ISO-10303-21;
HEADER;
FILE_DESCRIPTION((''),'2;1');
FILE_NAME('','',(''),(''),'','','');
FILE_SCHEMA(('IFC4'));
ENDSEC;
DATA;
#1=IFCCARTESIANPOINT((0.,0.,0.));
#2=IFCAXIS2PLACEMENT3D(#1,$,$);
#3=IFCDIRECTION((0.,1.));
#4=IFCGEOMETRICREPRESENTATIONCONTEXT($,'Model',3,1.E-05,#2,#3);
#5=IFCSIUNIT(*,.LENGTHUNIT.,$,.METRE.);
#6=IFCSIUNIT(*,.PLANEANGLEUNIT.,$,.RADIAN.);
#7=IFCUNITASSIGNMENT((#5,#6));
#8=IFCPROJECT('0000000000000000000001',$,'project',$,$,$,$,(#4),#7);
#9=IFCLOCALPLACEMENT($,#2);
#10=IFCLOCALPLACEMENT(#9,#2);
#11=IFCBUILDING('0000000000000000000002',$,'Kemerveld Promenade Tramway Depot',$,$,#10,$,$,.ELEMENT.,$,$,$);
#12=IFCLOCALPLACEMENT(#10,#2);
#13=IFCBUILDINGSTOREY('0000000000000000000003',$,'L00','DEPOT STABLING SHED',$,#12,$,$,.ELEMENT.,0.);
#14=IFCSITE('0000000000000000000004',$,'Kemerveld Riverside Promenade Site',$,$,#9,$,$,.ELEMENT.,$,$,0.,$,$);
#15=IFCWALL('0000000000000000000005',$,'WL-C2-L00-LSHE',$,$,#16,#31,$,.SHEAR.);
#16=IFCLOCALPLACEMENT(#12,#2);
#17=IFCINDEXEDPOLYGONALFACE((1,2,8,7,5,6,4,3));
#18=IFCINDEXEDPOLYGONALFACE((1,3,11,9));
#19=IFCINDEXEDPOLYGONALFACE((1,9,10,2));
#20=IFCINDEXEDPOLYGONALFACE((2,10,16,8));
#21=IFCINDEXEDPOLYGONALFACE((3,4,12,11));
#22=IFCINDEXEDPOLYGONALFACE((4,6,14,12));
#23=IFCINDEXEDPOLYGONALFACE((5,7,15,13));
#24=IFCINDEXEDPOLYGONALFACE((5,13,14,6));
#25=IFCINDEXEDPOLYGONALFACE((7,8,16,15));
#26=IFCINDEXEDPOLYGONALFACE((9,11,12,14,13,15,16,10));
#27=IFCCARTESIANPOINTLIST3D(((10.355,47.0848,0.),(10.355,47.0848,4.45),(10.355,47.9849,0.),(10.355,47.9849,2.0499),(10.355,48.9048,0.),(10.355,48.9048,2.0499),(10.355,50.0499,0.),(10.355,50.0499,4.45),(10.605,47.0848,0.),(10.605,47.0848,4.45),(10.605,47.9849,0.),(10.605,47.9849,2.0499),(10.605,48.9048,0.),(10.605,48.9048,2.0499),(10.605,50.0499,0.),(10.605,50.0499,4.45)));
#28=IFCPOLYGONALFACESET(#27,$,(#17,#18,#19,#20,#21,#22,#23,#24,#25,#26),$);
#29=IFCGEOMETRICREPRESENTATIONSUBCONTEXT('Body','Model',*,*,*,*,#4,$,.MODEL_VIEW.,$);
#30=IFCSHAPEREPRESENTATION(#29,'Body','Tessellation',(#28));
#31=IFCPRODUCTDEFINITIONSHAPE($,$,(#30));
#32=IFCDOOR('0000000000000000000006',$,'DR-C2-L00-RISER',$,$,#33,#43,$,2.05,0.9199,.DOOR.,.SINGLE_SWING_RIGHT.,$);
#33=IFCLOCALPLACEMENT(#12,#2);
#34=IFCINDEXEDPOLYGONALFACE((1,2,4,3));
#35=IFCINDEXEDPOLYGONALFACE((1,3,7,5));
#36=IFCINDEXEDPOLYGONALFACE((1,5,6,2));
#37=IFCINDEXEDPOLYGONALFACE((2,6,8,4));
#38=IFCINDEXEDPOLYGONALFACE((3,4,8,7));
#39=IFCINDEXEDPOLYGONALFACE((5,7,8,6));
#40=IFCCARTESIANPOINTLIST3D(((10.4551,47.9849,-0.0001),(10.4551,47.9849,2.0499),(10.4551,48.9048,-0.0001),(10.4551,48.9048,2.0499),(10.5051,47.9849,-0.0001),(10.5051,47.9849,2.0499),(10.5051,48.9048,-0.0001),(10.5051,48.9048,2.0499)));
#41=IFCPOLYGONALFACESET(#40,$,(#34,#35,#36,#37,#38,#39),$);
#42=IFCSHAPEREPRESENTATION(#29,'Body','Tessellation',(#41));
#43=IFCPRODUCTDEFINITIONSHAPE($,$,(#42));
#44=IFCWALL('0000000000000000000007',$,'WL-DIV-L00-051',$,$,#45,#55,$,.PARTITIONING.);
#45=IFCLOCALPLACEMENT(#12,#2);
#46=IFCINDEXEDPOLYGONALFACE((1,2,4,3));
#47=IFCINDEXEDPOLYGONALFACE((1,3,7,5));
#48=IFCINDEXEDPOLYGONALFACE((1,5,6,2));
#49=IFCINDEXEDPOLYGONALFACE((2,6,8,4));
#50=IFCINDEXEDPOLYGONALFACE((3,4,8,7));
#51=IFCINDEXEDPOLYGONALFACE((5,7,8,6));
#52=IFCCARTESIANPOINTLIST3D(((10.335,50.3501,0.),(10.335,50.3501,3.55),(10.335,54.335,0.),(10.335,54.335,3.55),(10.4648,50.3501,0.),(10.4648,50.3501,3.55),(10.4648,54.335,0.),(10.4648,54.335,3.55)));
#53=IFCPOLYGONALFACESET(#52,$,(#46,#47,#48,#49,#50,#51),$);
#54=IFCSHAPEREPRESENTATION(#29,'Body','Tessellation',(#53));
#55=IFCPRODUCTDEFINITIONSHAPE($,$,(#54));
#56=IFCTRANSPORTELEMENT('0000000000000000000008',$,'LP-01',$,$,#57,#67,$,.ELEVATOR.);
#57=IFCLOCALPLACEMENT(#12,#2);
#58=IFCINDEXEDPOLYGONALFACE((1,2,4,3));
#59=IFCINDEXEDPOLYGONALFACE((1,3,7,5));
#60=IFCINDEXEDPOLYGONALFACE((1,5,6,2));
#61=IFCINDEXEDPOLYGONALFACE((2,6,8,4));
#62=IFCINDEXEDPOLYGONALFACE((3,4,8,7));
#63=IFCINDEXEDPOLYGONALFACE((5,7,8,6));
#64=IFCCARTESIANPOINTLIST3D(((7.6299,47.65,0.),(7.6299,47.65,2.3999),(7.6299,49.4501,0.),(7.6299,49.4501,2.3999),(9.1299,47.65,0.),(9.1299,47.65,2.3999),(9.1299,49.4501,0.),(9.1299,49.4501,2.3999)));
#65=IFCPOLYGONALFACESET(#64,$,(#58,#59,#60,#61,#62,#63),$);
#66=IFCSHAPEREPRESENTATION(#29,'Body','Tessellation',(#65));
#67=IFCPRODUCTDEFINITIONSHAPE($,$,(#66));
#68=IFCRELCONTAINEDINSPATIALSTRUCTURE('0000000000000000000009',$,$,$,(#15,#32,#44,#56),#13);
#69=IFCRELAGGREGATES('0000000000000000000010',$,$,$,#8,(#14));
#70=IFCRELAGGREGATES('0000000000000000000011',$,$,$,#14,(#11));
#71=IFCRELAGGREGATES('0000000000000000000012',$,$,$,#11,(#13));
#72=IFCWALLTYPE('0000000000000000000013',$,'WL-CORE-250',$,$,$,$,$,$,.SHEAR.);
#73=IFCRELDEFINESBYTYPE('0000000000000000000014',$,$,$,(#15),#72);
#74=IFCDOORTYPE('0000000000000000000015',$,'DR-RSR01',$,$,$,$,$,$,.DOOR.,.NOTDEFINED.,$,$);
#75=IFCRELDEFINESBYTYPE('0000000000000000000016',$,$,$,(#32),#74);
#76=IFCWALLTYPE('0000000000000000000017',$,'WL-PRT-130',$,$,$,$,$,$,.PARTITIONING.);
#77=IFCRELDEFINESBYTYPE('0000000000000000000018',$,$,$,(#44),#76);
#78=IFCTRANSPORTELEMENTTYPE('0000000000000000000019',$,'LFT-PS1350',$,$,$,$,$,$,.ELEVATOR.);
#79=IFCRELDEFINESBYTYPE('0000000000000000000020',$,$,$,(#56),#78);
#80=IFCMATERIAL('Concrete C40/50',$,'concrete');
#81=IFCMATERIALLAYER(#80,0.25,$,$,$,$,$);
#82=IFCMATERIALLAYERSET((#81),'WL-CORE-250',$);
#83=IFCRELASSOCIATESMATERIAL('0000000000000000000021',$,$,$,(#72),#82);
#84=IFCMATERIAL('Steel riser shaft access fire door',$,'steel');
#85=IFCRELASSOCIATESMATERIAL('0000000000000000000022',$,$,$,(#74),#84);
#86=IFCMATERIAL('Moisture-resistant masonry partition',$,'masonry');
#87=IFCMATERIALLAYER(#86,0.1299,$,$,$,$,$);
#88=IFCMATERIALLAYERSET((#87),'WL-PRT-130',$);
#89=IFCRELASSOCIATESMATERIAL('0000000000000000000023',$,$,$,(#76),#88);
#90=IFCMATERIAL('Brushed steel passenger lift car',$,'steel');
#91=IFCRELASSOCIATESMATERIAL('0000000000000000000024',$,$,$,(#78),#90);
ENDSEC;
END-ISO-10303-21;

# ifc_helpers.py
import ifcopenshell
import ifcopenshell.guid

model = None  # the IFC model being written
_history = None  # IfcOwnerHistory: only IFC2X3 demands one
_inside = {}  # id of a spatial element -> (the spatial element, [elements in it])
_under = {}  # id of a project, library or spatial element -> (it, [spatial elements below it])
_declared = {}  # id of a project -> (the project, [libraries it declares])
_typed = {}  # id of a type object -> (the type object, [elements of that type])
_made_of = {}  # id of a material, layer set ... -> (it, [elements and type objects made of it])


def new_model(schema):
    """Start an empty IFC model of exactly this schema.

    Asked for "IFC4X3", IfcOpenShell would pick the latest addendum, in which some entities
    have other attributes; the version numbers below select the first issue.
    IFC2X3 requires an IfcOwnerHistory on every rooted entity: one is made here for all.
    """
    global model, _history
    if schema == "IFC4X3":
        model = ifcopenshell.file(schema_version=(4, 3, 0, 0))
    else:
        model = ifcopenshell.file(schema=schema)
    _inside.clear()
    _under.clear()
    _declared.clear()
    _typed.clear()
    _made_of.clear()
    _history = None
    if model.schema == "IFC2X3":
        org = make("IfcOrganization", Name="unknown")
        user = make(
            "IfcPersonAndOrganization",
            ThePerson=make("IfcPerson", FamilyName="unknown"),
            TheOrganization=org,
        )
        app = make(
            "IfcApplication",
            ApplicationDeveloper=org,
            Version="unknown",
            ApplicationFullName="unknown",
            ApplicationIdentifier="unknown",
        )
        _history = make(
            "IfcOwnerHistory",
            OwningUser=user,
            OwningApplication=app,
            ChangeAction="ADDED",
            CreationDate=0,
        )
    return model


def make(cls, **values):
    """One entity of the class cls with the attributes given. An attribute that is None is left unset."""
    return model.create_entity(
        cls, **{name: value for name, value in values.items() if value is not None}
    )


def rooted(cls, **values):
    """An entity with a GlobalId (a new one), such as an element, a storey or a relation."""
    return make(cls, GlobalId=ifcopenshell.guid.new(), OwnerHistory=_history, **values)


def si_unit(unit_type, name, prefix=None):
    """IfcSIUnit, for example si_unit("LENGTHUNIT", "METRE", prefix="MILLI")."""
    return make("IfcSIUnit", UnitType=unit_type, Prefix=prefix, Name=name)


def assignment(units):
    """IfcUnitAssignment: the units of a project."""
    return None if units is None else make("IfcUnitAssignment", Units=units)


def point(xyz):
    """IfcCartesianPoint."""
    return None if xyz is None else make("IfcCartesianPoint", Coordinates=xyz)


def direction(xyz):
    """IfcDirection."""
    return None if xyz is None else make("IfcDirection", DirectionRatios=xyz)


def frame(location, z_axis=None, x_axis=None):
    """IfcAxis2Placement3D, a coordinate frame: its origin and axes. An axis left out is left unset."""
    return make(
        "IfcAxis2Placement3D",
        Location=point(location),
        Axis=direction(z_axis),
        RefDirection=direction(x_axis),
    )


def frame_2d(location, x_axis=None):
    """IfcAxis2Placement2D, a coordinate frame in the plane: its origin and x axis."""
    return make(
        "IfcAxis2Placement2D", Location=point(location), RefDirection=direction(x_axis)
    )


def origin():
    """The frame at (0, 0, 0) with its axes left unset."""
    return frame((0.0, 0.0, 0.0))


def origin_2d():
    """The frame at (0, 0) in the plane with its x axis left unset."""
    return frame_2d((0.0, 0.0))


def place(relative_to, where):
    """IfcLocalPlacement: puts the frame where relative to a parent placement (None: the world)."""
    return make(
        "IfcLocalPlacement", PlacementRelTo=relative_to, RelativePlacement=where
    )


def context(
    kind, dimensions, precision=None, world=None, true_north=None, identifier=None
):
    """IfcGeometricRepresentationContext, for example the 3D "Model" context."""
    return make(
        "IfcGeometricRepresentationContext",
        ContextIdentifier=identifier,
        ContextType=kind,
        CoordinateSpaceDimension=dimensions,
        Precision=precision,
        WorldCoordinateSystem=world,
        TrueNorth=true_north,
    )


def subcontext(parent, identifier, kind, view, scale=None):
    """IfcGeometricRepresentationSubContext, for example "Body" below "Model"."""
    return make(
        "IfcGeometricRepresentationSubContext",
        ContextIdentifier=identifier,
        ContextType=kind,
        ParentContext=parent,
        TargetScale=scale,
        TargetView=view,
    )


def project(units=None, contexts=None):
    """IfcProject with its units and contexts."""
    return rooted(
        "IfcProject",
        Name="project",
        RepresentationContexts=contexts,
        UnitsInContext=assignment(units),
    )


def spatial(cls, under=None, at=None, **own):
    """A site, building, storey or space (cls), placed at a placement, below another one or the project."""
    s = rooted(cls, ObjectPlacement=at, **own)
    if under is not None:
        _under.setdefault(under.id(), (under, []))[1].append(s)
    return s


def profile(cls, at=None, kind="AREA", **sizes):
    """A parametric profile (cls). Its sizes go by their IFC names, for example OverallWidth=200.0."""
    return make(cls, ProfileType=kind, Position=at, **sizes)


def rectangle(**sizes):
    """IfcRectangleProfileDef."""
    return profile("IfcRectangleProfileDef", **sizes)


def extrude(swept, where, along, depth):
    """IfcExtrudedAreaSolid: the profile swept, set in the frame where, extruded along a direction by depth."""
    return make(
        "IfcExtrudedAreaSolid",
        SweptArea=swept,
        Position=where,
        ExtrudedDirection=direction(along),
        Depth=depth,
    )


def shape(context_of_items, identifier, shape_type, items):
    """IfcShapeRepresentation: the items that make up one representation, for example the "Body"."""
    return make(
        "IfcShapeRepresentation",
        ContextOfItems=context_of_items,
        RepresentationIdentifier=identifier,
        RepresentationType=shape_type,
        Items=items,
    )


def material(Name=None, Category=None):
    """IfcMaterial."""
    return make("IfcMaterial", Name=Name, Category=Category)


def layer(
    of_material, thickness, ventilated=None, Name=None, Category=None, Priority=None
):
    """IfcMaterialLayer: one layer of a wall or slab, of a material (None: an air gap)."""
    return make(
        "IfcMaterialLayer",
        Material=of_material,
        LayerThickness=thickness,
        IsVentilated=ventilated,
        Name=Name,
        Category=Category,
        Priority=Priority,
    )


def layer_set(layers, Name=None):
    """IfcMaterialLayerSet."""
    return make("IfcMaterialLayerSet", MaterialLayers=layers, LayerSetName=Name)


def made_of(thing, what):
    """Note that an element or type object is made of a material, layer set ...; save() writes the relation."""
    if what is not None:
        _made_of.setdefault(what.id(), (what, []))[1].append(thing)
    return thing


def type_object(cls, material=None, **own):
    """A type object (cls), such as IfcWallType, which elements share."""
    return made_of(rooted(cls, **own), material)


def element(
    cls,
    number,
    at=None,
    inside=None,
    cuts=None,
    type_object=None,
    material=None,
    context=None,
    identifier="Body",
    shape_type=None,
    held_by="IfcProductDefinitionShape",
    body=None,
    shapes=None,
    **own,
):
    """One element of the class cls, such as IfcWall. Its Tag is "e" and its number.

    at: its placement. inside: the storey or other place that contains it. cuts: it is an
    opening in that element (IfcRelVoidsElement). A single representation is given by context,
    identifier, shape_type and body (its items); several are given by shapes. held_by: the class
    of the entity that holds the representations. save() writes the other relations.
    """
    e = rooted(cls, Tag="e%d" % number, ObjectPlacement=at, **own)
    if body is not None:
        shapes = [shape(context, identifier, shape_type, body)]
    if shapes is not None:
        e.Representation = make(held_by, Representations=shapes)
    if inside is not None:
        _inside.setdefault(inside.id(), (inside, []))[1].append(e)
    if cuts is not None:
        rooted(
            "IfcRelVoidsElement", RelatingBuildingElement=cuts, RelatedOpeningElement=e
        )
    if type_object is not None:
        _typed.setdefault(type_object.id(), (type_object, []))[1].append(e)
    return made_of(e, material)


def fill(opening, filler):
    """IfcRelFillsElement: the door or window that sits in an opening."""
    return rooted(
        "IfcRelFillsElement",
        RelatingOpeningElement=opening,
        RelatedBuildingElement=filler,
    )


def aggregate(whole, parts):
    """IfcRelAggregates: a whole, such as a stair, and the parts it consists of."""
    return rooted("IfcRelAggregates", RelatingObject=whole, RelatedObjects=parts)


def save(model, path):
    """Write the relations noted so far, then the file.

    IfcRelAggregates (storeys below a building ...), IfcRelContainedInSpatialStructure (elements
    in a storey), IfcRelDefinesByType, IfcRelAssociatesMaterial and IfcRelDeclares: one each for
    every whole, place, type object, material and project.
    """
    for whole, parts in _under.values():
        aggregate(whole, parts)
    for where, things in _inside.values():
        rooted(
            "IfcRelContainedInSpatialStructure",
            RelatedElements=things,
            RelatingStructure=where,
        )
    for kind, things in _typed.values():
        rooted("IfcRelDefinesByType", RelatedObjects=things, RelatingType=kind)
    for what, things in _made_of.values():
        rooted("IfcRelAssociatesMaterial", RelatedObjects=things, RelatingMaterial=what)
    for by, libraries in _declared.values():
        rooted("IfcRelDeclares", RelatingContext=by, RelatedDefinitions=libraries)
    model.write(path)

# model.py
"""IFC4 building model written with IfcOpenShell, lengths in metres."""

from ifc_helpers import new_model, si_unit, direction, frame, frame_2d, origin, origin_2d, place, context, subcontext, project, spatial, rectangle, extrude, material, layer, layer_set, type_object, element, fill, save


model = new_model("IFC4")

# Units and contexts
model_context = context("Model", 3, precision=1e-05, world=origin(), true_north=direction((0.0, 1.0)))
body_context = subcontext(model_context, "Body", "Model", "MODEL_VIEW")
ifc_project = project(units=[si_unit("LENGTHUNIT", "METRE"), si_unit("PLANEANGLEUNIT", "RADIAN")], contexts=[model_context])

# Site, building, storey
site_placement = place(None, origin())
site = spatial("IfcSite", under=ifc_project, at=site_placement, Name="Kemerveld Riverside Promenade Site", CompositionType="ELEMENT", RefElevation=0.0)
building_placement = place(site_placement, origin())
building = spatial("IfcBuilding", under=site, at=building_placement, Name="Kemerveld Promenade Tramway Depot", CompositionType="ELEMENT")
storey_placement = place(building_placement, origin())
storey = spatial("IfcBuildingStorey", under=building, at=storey_placement, Name="L00", Description="DEPOT STABLING SHED", CompositionType="ELEMENT", Elevation=0.0)

# Shared definitions
ifc_material_1 = material(Name="Concrete C40/50", Category="concrete")
ifc_layer_1 = layer(ifc_material_1, 0.25)
ifc_layer_set_1 = layer_set([ifc_layer_1], Name="WL-CORE-250")
wall_type_1 = type_object("IfcWallType", Name="WL-CORE-250", PredefinedType="SHEAR", material=ifc_layer_set_1)

# Wall, opening, door
wall_1_placement = place(storey_placement, frame((10.48, 47.085, 0.0), z_axis=(0.0, 0.0, 1.0), x_axis=(0.0, 1.0, 0.0)))
wall_1 = element("IfcWall", 1, at=wall_1_placement, inside=storey, type_object=wall_type_1, Name="WL-C2-L00-LSHE", PredefinedType="SHEAR", context=body_context, shape_type="SweptSolid", body=[
    extrude(rectangle(XDim=2.9651, YDim=0.25, at=frame_2d((1.4824, 0.0))), origin(), (0.0, 0.0, 1.0), 4.45),
])
opening_placement = place(wall_1_placement, frame((0.8999, 0.0, 0.0)))
opening = element("IfcOpeningElement", 2, at=opening_placement, cuts=wall_1, PredefinedType="OPENING", context=body_context, shape_type="SweptSolid", body=[
    extrude(rectangle(XDim=0.9199, YDim=2.05, at=frame_2d((0.46, 1.0249))), frame((0.0, 0.135, 0.0), z_axis=(0.0, -1.0, 0.0), x_axis=(1.0, 0.0, 0.0)), (0.0, 0.0, 1.0), 0.27),
])
ifc_material_2 = material(Name="Steel riser shaft access fire door", Category="steel")
door_type = type_object("IfcDoorType", Name="DR-RSR01", OperationType="NOTDEFINED", PredefinedType="DOOR", material=ifc_material_2)
door_placement = place(opening_placement, origin())
door = element("IfcDoor", 3, at=door_placement, inside=storey, type_object=door_type, Name="DR-C2-L00-RISER", OperationType="SINGLE_SWING_RIGHT", OverallHeight=2.05, OverallWidth=0.9199, PredefinedType="DOOR", context=body_context, shape_type="SweptSolid", body=[
    extrude(rectangle(XDim=0.9199, YDim=2.05, at=frame_2d((0.46, 1.0249))), frame((0.0, 0.0249, 0.0), z_axis=(0.0, -1.0, 0.0), x_axis=(1.0, 0.0, 0.0)), (0.0, 0.0, 1.0), 0.05),
])
fill(opening, door)

# Wall
ifc_material_3 = material(Name="Moisture-resistant masonry partition", Category="masonry")
ifc_layer_2 = layer(ifc_material_3, 0.1299)
ifc_layer_set_2 = layer_set([ifc_layer_2], Name="WL-PRT-130")
wall_type_2 = type_object("IfcWallType", Name="WL-PRT-130", PredefinedType="PARTITIONING", material=ifc_layer_set_2)
wall_2_placement = place(storey_placement, frame((10.3999, 50.3501, 0.0), z_axis=(0.0, 0.0, 1.0), x_axis=(0.0, 1.0, 0.0)))
element("IfcWall", 4, at=wall_2_placement, inside=storey, type_object=wall_type_2, Name="WL-DIV-L00-051", PredefinedType="PARTITIONING", context=body_context, shape_type="SweptSolid", body=[
    extrude(rectangle(XDim=3.9849, YDim=0.1299, at=frame_2d((1.9924, 0.0))), origin(), (0.0, 0.0, 1.0), 3.55),
])

# Transport element
ifc_material_4 = material(Name="Brushed steel passenger lift car", Category="steel")
transport_element_type = type_object("IfcTransportElementType", Name="LFT-PS1350", PredefinedType="ELEVATOR", material=ifc_material_4)
transport_element_placement = place(storey_placement, frame((8.3799, 48.55, 0.0), z_axis=(0.0, 0.0, 1.0), x_axis=(1.0, 0.0, 0.0)))
element("IfcTransportElement", 5, at=transport_element_placement, inside=storey, type_object=transport_element_type, Name="LP-01", PredefinedType="ELEVATOR", context=body_context, shape_type="SweptSolid", body=[
    extrude(rectangle(XDim=1.5, YDim=1.8, at=origin_2d()), origin(), (0.0, 0.0, 1.0), 2.3999),
])

save(model, "model.ifc")
